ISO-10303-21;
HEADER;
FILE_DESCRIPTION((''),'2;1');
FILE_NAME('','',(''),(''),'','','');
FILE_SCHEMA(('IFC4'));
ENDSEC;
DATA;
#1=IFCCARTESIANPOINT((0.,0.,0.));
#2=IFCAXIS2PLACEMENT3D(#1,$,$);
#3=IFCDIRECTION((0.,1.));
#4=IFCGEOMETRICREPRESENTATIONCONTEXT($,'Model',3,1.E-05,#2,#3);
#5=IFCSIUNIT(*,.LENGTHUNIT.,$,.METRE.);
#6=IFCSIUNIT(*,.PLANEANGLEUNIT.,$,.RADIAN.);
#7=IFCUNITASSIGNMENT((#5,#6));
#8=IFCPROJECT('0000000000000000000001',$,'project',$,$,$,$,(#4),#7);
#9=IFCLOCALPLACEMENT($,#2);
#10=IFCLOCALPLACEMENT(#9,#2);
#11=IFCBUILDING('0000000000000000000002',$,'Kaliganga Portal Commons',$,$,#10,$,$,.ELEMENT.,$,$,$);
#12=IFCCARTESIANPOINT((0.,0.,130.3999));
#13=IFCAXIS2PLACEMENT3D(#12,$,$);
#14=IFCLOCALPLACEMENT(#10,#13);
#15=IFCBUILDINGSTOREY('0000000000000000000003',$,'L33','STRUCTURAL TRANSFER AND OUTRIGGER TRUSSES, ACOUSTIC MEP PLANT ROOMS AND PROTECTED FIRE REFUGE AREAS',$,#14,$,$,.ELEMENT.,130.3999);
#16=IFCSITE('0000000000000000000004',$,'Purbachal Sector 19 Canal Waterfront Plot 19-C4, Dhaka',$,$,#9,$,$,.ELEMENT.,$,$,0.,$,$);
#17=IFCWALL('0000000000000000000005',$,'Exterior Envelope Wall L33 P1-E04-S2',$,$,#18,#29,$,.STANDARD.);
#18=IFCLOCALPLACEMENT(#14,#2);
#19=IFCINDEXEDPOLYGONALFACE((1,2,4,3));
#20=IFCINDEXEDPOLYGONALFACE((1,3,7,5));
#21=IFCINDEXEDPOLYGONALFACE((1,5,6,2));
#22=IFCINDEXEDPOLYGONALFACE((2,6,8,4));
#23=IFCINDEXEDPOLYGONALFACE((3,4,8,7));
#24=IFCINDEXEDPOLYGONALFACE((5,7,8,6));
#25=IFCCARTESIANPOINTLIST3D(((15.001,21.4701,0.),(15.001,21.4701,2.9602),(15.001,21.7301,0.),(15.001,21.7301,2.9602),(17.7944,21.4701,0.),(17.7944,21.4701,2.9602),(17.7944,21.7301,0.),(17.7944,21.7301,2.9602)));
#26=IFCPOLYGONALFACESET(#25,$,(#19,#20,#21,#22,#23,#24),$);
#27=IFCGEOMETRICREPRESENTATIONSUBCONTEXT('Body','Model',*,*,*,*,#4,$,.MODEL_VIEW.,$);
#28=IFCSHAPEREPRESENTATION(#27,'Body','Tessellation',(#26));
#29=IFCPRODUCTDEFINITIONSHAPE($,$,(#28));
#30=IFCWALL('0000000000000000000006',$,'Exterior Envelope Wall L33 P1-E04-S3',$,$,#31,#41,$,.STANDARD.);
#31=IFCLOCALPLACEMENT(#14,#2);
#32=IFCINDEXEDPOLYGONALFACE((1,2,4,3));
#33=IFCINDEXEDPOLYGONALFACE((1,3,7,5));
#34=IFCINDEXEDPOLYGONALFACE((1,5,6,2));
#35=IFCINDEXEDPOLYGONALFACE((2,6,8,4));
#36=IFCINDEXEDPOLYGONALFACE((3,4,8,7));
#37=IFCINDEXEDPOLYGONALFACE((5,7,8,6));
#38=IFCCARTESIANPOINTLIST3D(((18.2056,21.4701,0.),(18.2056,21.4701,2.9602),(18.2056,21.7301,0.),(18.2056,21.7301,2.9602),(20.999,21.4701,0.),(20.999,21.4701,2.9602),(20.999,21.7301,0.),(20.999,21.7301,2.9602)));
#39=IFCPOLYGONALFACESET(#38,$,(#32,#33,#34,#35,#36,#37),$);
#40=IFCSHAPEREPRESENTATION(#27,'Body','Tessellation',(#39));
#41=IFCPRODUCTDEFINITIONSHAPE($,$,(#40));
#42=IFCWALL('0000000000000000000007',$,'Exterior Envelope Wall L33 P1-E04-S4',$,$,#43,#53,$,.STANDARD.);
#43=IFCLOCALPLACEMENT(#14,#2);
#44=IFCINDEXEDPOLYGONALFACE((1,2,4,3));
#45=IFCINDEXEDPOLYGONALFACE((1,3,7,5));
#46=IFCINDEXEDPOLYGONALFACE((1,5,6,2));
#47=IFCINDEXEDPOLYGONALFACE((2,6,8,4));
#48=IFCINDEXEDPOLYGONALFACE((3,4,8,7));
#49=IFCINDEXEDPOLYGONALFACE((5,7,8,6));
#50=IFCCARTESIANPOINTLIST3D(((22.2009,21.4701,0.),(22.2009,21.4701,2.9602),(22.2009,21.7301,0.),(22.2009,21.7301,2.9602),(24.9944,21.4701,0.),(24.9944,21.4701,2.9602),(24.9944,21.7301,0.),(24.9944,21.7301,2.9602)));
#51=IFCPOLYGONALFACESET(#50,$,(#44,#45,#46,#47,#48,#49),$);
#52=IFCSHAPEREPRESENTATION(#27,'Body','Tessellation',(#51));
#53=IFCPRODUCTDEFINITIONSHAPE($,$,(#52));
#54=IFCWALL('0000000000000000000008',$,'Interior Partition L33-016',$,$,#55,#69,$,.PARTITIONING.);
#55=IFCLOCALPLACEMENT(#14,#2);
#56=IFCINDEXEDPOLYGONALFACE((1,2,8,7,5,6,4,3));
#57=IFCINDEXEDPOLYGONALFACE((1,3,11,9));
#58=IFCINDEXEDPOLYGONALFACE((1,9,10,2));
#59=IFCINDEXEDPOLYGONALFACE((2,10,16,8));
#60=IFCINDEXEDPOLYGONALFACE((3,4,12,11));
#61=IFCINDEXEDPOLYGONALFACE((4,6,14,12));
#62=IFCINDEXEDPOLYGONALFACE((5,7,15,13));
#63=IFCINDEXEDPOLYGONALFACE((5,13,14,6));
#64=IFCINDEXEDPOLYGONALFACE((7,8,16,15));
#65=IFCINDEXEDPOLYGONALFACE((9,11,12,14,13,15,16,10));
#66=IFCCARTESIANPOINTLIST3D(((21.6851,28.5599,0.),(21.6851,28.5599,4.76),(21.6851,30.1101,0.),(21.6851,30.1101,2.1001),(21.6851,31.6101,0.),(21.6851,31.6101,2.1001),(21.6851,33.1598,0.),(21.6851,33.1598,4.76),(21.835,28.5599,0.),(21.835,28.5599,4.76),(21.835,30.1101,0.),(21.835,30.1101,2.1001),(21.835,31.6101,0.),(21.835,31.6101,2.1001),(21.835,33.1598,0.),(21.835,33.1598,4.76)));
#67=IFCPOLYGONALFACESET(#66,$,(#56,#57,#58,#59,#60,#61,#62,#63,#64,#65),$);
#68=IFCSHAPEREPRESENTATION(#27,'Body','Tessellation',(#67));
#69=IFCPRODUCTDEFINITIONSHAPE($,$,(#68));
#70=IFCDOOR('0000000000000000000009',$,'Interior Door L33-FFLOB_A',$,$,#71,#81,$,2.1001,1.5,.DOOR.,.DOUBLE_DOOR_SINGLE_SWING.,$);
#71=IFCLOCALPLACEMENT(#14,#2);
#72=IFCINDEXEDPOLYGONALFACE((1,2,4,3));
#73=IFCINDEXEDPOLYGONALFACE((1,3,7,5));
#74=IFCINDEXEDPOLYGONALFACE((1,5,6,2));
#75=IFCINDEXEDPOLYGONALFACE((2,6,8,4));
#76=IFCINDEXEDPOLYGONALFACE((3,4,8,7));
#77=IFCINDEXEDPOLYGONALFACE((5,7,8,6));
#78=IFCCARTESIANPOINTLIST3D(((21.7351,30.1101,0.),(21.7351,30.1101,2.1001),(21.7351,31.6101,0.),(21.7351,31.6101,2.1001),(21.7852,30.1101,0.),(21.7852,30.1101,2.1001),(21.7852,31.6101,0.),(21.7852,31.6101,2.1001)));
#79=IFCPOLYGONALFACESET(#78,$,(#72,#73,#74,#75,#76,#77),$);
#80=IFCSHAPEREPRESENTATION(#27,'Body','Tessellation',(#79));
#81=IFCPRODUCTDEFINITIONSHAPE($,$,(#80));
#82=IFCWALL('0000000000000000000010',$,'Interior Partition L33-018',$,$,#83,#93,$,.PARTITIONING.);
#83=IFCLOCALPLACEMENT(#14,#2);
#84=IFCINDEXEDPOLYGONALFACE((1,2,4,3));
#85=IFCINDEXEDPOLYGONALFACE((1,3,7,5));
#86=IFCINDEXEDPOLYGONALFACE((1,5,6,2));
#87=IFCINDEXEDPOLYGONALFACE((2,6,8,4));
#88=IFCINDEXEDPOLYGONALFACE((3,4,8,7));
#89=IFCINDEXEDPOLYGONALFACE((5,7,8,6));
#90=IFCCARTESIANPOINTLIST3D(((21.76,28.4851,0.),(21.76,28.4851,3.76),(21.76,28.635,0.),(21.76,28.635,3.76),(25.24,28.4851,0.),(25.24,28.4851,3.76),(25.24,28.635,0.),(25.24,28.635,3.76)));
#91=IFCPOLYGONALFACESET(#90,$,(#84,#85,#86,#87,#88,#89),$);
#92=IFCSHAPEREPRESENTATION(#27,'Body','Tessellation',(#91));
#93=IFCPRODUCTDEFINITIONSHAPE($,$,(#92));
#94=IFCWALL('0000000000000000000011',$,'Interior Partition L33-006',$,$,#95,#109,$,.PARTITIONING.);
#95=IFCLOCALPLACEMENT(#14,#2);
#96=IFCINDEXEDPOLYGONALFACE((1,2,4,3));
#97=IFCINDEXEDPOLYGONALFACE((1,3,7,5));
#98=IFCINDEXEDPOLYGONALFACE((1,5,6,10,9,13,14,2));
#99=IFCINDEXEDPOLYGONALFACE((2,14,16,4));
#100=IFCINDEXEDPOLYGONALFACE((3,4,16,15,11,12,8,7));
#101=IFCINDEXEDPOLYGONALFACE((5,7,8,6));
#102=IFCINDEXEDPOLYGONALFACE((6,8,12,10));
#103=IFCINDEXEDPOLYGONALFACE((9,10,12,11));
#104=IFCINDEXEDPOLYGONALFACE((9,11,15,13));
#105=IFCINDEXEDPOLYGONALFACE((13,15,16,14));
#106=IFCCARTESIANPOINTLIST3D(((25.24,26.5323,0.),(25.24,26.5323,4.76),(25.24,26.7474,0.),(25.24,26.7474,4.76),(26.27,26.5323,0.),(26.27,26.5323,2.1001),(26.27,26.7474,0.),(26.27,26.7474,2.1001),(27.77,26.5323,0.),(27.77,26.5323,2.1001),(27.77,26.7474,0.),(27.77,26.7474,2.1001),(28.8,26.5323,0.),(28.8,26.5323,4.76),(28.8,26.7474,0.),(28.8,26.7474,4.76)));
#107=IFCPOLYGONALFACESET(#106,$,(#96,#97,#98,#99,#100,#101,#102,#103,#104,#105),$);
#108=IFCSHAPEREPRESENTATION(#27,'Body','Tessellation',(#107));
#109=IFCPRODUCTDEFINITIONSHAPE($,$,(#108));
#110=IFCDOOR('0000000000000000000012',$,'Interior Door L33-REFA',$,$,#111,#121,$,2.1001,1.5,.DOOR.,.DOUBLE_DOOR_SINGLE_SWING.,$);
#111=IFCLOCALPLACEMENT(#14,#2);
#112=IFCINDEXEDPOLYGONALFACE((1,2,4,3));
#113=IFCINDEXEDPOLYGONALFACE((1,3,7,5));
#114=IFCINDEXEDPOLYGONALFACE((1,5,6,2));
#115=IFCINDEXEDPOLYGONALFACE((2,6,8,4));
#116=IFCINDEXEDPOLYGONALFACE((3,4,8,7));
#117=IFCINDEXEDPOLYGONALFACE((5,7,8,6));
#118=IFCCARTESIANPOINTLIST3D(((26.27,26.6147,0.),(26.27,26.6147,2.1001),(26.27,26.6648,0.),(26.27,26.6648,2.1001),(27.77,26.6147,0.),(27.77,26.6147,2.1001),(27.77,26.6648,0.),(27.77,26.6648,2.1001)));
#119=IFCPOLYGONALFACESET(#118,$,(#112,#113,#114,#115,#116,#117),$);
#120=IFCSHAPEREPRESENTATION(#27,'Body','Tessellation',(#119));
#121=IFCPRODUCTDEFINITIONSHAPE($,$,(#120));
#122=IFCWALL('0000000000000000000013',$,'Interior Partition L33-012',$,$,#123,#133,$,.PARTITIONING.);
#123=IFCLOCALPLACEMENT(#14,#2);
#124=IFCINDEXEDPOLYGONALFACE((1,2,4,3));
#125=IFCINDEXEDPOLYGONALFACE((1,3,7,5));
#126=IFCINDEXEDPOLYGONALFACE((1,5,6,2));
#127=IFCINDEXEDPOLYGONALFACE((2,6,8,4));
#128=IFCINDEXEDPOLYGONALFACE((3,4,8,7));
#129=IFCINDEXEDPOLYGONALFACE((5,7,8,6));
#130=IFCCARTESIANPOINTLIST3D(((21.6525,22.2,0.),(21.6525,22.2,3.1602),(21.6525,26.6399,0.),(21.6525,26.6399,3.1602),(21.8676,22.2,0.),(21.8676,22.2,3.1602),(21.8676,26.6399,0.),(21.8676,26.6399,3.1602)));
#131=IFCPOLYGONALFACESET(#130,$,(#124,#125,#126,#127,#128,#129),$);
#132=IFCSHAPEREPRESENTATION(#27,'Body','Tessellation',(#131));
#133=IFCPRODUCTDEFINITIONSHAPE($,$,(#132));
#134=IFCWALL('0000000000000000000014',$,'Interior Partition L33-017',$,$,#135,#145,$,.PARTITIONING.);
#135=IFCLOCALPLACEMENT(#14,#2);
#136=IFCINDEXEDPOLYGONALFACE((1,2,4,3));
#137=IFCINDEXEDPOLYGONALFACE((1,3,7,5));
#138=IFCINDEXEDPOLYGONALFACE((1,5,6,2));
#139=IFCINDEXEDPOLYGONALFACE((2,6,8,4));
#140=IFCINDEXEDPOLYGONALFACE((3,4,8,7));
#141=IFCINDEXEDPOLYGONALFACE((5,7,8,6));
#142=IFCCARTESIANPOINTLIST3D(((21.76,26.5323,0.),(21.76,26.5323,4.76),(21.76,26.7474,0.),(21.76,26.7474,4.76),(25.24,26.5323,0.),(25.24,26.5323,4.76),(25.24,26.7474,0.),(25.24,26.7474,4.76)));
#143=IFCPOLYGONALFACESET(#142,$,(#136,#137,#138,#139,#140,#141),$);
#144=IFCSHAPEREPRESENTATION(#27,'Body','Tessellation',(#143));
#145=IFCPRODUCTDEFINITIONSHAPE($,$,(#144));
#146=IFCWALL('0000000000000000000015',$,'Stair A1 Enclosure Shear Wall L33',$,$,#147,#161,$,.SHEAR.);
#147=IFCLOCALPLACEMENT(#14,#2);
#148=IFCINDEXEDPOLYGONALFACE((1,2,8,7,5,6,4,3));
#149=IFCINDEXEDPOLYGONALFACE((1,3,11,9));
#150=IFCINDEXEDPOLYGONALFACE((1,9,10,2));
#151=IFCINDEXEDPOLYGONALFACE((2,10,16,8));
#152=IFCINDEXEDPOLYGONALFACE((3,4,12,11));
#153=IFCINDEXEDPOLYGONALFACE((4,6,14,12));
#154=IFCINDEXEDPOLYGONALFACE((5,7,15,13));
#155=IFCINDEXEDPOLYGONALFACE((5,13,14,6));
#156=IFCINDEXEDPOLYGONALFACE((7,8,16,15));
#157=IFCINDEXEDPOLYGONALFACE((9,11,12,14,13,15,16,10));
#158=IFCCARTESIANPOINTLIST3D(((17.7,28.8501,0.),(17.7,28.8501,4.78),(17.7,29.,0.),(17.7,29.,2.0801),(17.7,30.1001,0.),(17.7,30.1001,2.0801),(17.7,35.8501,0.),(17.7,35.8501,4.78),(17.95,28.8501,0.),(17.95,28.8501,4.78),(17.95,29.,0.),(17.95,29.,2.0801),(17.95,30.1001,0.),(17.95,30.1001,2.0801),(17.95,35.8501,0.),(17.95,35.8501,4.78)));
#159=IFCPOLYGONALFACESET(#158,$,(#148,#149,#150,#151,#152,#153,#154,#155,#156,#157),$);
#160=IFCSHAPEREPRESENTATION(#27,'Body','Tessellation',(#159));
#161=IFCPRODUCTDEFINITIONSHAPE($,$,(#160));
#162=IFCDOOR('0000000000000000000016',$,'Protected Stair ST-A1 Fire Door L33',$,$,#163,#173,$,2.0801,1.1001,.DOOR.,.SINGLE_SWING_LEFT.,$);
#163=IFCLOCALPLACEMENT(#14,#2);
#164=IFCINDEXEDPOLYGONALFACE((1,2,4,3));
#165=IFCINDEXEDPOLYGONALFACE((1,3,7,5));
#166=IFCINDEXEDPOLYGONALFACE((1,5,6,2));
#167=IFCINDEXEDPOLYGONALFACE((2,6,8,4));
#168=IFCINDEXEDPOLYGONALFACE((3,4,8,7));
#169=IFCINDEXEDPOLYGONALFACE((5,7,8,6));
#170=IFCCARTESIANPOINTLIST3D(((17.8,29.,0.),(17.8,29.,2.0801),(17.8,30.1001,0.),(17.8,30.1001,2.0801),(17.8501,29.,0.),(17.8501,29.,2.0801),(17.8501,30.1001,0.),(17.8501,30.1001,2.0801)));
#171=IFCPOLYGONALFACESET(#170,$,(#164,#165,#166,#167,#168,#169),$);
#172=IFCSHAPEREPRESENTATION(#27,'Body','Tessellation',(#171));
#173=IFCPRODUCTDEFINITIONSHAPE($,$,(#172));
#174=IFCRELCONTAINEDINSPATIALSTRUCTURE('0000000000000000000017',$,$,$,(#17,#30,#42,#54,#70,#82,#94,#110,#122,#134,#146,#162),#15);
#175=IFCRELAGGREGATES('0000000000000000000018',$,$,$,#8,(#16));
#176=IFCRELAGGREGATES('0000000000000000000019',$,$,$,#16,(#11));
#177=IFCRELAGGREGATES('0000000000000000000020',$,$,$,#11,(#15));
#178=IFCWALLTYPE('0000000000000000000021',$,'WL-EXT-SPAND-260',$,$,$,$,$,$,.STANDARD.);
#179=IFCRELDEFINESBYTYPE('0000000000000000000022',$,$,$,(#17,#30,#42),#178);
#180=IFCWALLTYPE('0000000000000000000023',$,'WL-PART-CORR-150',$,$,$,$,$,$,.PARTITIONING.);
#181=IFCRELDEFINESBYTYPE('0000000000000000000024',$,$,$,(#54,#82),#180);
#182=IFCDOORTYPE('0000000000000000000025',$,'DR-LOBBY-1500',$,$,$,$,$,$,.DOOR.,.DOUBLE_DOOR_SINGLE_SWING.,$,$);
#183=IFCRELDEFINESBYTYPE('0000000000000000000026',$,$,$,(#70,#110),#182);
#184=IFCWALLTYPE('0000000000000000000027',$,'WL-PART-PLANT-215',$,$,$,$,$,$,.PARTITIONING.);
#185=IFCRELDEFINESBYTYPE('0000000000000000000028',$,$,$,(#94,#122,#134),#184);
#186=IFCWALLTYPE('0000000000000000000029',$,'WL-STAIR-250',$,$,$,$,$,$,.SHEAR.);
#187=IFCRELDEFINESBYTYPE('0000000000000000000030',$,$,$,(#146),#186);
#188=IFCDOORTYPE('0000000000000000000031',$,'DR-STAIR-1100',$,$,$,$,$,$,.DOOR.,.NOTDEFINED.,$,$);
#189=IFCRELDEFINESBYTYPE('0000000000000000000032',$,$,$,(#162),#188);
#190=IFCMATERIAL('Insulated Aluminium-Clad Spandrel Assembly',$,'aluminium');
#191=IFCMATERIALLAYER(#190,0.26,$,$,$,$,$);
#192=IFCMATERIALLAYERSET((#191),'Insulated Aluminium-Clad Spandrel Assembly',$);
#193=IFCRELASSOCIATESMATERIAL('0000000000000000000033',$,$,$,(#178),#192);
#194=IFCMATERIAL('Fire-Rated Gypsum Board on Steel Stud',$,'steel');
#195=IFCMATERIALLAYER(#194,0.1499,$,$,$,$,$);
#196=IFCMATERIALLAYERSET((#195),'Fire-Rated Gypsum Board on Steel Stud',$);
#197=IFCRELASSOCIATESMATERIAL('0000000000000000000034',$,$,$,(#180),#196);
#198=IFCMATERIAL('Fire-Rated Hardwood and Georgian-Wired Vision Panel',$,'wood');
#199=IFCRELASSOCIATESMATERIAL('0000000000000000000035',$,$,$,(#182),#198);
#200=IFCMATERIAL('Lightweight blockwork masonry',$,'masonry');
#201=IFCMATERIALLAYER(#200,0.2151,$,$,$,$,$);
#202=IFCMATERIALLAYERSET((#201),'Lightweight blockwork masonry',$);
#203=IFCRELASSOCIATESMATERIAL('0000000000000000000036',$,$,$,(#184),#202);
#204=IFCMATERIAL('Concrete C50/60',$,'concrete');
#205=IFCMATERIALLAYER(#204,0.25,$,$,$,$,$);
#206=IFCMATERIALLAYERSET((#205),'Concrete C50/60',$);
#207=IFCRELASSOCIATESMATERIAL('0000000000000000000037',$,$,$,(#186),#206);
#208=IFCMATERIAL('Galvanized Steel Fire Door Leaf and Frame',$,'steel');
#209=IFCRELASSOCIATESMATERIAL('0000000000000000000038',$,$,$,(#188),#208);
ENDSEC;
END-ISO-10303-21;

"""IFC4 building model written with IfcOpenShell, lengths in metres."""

from ifc_helpers import new_model, si_unit, direction, frame, frame_2d, origin, place, context, subcontext, project, spatial, rectangle, extrude, material, layer, layer_set, type_object, element, fill, save


model = new_model("IFC4")

# Units and contexts
model_context = context("Model", 3, precision=1e-05, world=origin(), true_north=direction((0.0, 1.0)))
body_context = subcontext(model_context, "Body", "Model", "MODEL_VIEW")
ifc_project = project(units=[si_unit("LENGTHUNIT", "METRE"), si_unit("PLANEANGLEUNIT", "RADIAN")], contexts=[model_context])

# Site, building, storey
site_placement = place(None, origin())
site = spatial("IfcSite", under=ifc_project, at=site_placement, Name="Purbachal Sector 19 Canal Waterfront Plot 19-C4, Dhaka", CompositionType="ELEMENT", RefElevation=0.0)
building_placement = place(site_placement, origin())
building = spatial("IfcBuilding", under=site, at=building_placement, Name="Kaliganga Portal Commons", CompositionType="ELEMENT")
storey_placement = place(building_placement, frame((0.0, 0.0, 130.3999)))
storey = spatial("IfcBuildingStorey", under=building, at=storey_placement, Name="L33", Description="STRUCTURAL TRANSFER AND OUTRIGGER TRUSSES, ACOUSTIC MEP PLANT ROOMS AND PROTECTED FIRE REFUGE AREAS", CompositionType="ELEMENT", Elevation=130.3999)

# Walls
ifc_material_1 = material(Name="Insulated Aluminium-Clad Spandrel Assembly", Category="aluminium")
ifc_layer_1 = layer(ifc_material_1, 0.26)
ifc_layer_set_1 = layer_set([ifc_layer_1], Name="Insulated Aluminium-Clad Spandrel Assembly")
wall_type_1 = type_object("IfcWallType", Name="WL-EXT-SPAND-260", PredefinedType="STANDARD", material=ifc_layer_set_1)
for number, where, z_axis, x_axis, name in (
    (1, (17.7944, 21.6001, 0.0), (0.0, 0.0, 1.0), (-1.0, 0.0, 0.0), "Exterior Envelope Wall L33 P1-E04-S2"),
    (2, (20.999, 21.6001, 0.0), (0.0, 0.0, 1.0), (-1.0, 0.0, 0.0), "Exterior Envelope Wall L33 P1-E04-S3"),
    (3, (24.9944, 21.6001, 0.0), (0.0, 0.0, 1.0), (-1.0, 0.0, 0.0), "Exterior Envelope Wall L33 P1-E04-S4"),
):
    element("IfcWall", number, at=place(storey_placement, frame(where, z_axis=z_axis, x_axis=x_axis)), inside=storey, type_object=wall_type_1, Name=name, PredefinedType="STANDARD", context=body_context, shape_type="SweptSolid", body=[
        extrude(rectangle(XDim=2.7935, YDim=0.26, at=frame_2d((1.3967, 0.0))), origin(), (0.0, 0.0, 1.0), 2.9602),
    ])

# Wall, opening, door
ifc_material_2 = material(Name="Fire-Rated Gypsum Board on Steel Stud", Category="steel")
ifc_layer_2 = layer(ifc_material_2, 0.1499)
ifc_layer_set_2 = layer_set([ifc_layer_2], Name="Fire-Rated Gypsum Board on Steel Stud")
wall_type_2 = type_object("IfcWallType", Name="WL-PART-CORR-150", PredefinedType="PARTITIONING", material=ifc_layer_set_2)
wall_1_placement = place(storey_placement, frame((21.76, 28.5601, 0.0), z_axis=(0.0, 0.0, 1.0), x_axis=(0.0, 1.0, 0.0)))
wall_1 = element("IfcWall", 4, at=wall_1_placement, inside=storey, type_object=wall_type_2, Name="Interior Partition L33-016", PredefinedType="PARTITIONING", context=body_context, shape_type="SweptSolid", body=[
    extrude(rectangle(XDim=4.5999, YDim=0.1499, at=frame_2d((2.2998, 0.0))), origin(), (0.0, 0.0, 1.0), 4.76),
])
opening_1_placement = place(wall_1_placement, frame((1.55, 0.0, 0.0)))
opening_1 = element("IfcOpeningElement", 5, at=opening_1_placement, cuts=wall_1, PredefinedType="OPENING", context=body_context, shape_type="SweptSolid", body=[
    extrude(rectangle(XDim=1.5, YDim=2.1001, at=frame_2d((0.75, 1.05))), frame((0.0, 0.085, 0.0), z_axis=(0.0, -1.0, 0.0), x_axis=(1.0, 0.0, 0.0)), (0.0, 0.0, 1.0), 0.1699),
])
ifc_material_3 = material(Name="Fire-Rated Hardwood and Georgian-Wired Vision Panel", Category="wood")
door_type_1 = type_object("IfcDoorType", Name="DR-LOBBY-1500", OperationType="DOUBLE_DOOR_SINGLE_SWING", PredefinedType="DOOR", material=ifc_material_3)
door_1_placement = place(opening_1_placement, origin())
door_1 = element("IfcDoor", 6, at=door_1_placement, inside=storey, type_object=door_type_1, Name="Interior Door L33-FFLOB_A", OperationType="DOUBLE_DOOR_SINGLE_SWING", OverallHeight=2.1001, OverallWidth=1.5, PredefinedType="DOOR", context=body_context, shape_type="SweptSolid", body=[
    extrude(rectangle(XDim=1.5, YDim=2.1001, at=frame_2d((0.75, 1.05))), frame((0.0, 0.0249, 0.0), z_axis=(0.0, -1.0, 0.0), x_axis=(1.0, 0.0, 0.0)), (0.0, 0.0, 1.0), 0.05),
])
fill(opening_1, door_1)

# Wall
wall_2_placement = place(storey_placement, frame((21.76, 28.5601, 0.0), z_axis=(0.0, 0.0, 1.0), x_axis=(1.0, 0.0, 0.0)))
element("IfcWall", 7, at=wall_2_placement, inside=storey, type_object=wall_type_2, Name="Interior Partition L33-018", PredefinedType="PARTITIONING", context=body_context, shape_type="SweptSolid", body=[
    extrude(rectangle(XDim=3.48, YDim=0.1499, at=frame_2d((1.74, 0.0))), origin(), (0.0, 0.0, 1.0), 3.76),
])

# Wall, opening, door
ifc_material_4 = material(Name="Lightweight blockwork masonry", Category="masonry")
ifc_layer_3 = layer(ifc_material_4, 0.2151)
ifc_layer_set_3 = layer_set([ifc_layer_3], Name="Lightweight blockwork masonry")
wall_type_3 = type_object("IfcWallType", Name="WL-PART-PLANT-215", PredefinedType="PARTITIONING", material=ifc_layer_set_3)
wall_3_placement = place(storey_placement, frame((25.24, 26.6399, 0.0), z_axis=(0.0, 0.0, 1.0), x_axis=(1.0, 0.0, 0.0)))
wall_3 = element("IfcWall", 8, at=wall_3_placement, inside=storey, type_object=wall_type_3, Name="Interior Partition L33-006", PredefinedType="PARTITIONING", context=body_context, shape_type="SweptSolid", body=[
    extrude(rectangle(XDim=3.5601, YDim=0.2151, at=frame_2d((1.78, 0.0))), origin(), (0.0, 0.0, 1.0), 4.76),
])
opening_2_placement = place(wall_3_placement, frame((1.03, 0.0, 0.0)))
opening_2 = element("IfcOpeningElement", 9, at=opening_2_placement, cuts=wall_3, PredefinedType="OPENING", context=body_context, shape_type="SweptSolid", body=[
    extrude(rectangle(XDim=1.5, YDim=2.1001, at=frame_2d((0.75, 1.05))), frame((0.0, 0.1177, 0.0), z_axis=(0.0, -1.0, 0.0), x_axis=(1.0, 0.0, 0.0)), (0.0, 0.0, 1.0), 0.2351),
])
door_2_placement = place(opening_2_placement, origin())
door_2 = element("IfcDoor", 10, at=door_2_placement, inside=storey, type_object=door_type_1, Name="Interior Door L33-REFA", OperationType="DOUBLE_DOOR_SINGLE_SWING", OverallHeight=2.1001, OverallWidth=1.5, PredefinedType="DOOR", context=body_context, shape_type="SweptSolid", body=[
    extrude(rectangle(XDim=1.5, YDim=2.1001, at=frame_2d((0.75, 1.05))), frame((0.0, 0.0249, 0.0), z_axis=(0.0, -1.0, 0.0), x_axis=(1.0, 0.0, 0.0)), (0.0, 0.0, 1.0), 0.05),
])
fill(opening_2, door_2)

# Walls
wall_4_placement = place(storey_placement, frame((21.76, 22.2, 0.0), z_axis=(0.0, 0.0, 1.0), x_axis=(0.0, 1.0, 0.0)))
element("IfcWall", 11, at=wall_4_placement, inside=storey, type_object=wall_type_3, Name="Interior Partition L33-012", PredefinedType="PARTITIONING", context=body_context, shape_type="SweptSolid", body=[
    extrude(rectangle(XDim=4.4399, YDim=0.2151, at=frame_2d((2.22, 0.0))), origin(), (0.0, 0.0, 1.0), 3.1602),
])
wall_5_placement = place(storey_placement, frame((21.76, 26.6399, 0.0), z_axis=(0.0, 0.0, 1.0), x_axis=(1.0, 0.0, 0.0)))
element("IfcWall", 12, at=wall_5_placement, inside=storey, type_object=wall_type_3, Name="Interior Partition L33-017", PredefinedType="PARTITIONING", context=body_context, shape_type="SweptSolid", body=[
    extrude(rectangle(XDim=3.48, YDim=0.2151, at=frame_2d((1.74, 0.0))), origin(), (0.0, 0.0, 1.0), 4.76),
])

# Wall, opening, door
ifc_material_5 = material(Name="Concrete C50/60", Category="concrete")
ifc_layer_4 = layer(ifc_material_5, 0.25)
ifc_layer_set_4 = layer_set([ifc_layer_4], Name="Concrete C50/60")
wall_type_4 = type_object("IfcWallType", Name="WL-STAIR-250", PredefinedType="SHEAR", material=ifc_layer_set_4)
wall_6_placement = place(storey_placement, frame((17.825, 28.8501, 0.0), z_axis=(0.0, 0.0, 1.0), x_axis=(0.0, 1.0, 0.0)))
wall_6 = element("IfcWall", 13, at=wall_6_placement, inside=storey, type_object=wall_type_4, Name="Stair A1 Enclosure Shear Wall L33", PredefinedType="SHEAR", context=body_context, shape_type="SweptSolid", body=[
    extrude(rectangle(XDim=7.0, YDim=0.25, at=frame_2d((3.5, 0.0))), origin(), (0.0, 0.0, 1.0), 4.78),
])
opening_3_placement = place(wall_6_placement, frame((0.1499, 0.0, 0.0)))
opening_3 = element("IfcOpeningElement", 14, at=opening_3_placement, cuts=wall_6, PredefinedType="OPENING", context=body_context, shape_type="SweptSolid", body=[
    extrude(rectangle(XDim=1.1001, YDim=2.0801, at=frame_2d((0.55, 1.04))), frame((0.0, 0.135, 0.0), z_axis=(0.0, -1.0, 0.0), x_axis=(1.0, 0.0, 0.0)), (0.0, 0.0, 1.0), 0.27),
])
ifc_material_6 = material(Name="Galvanized Steel Fire Door Leaf and Frame", Category="steel")
door_type_2 = type_object("IfcDoorType", Name="DR-STAIR-1100", OperationType="NOTDEFINED", PredefinedType="DOOR", material=ifc_material_6)
door_3_placement = place(opening_3_placement, origin())
door_3 = element("IfcDoor", 15, at=door_3_placement, inside=storey, type_object=door_type_2, Name="Protected Stair ST-A1 Fire Door L33", OperationType="SINGLE_SWING_LEFT", OverallHeight=2.0801, OverallWidth=1.1001, PredefinedType="DOOR", context=body_context, shape_type="SweptSolid", body=[
    extrude(rectangle(XDim=1.1001, YDim=2.0801, at=frame_2d((0.55, 1.04))), frame((0.0, 0.0249, 0.0), z_axis=(0.0, -1.0, 0.0), x_axis=(1.0, 0.0, 0.0)), (0.0, 0.0, 1.0), 0.05),
])
fill(opening_3, door_3)

save(model, "model.ifc")
